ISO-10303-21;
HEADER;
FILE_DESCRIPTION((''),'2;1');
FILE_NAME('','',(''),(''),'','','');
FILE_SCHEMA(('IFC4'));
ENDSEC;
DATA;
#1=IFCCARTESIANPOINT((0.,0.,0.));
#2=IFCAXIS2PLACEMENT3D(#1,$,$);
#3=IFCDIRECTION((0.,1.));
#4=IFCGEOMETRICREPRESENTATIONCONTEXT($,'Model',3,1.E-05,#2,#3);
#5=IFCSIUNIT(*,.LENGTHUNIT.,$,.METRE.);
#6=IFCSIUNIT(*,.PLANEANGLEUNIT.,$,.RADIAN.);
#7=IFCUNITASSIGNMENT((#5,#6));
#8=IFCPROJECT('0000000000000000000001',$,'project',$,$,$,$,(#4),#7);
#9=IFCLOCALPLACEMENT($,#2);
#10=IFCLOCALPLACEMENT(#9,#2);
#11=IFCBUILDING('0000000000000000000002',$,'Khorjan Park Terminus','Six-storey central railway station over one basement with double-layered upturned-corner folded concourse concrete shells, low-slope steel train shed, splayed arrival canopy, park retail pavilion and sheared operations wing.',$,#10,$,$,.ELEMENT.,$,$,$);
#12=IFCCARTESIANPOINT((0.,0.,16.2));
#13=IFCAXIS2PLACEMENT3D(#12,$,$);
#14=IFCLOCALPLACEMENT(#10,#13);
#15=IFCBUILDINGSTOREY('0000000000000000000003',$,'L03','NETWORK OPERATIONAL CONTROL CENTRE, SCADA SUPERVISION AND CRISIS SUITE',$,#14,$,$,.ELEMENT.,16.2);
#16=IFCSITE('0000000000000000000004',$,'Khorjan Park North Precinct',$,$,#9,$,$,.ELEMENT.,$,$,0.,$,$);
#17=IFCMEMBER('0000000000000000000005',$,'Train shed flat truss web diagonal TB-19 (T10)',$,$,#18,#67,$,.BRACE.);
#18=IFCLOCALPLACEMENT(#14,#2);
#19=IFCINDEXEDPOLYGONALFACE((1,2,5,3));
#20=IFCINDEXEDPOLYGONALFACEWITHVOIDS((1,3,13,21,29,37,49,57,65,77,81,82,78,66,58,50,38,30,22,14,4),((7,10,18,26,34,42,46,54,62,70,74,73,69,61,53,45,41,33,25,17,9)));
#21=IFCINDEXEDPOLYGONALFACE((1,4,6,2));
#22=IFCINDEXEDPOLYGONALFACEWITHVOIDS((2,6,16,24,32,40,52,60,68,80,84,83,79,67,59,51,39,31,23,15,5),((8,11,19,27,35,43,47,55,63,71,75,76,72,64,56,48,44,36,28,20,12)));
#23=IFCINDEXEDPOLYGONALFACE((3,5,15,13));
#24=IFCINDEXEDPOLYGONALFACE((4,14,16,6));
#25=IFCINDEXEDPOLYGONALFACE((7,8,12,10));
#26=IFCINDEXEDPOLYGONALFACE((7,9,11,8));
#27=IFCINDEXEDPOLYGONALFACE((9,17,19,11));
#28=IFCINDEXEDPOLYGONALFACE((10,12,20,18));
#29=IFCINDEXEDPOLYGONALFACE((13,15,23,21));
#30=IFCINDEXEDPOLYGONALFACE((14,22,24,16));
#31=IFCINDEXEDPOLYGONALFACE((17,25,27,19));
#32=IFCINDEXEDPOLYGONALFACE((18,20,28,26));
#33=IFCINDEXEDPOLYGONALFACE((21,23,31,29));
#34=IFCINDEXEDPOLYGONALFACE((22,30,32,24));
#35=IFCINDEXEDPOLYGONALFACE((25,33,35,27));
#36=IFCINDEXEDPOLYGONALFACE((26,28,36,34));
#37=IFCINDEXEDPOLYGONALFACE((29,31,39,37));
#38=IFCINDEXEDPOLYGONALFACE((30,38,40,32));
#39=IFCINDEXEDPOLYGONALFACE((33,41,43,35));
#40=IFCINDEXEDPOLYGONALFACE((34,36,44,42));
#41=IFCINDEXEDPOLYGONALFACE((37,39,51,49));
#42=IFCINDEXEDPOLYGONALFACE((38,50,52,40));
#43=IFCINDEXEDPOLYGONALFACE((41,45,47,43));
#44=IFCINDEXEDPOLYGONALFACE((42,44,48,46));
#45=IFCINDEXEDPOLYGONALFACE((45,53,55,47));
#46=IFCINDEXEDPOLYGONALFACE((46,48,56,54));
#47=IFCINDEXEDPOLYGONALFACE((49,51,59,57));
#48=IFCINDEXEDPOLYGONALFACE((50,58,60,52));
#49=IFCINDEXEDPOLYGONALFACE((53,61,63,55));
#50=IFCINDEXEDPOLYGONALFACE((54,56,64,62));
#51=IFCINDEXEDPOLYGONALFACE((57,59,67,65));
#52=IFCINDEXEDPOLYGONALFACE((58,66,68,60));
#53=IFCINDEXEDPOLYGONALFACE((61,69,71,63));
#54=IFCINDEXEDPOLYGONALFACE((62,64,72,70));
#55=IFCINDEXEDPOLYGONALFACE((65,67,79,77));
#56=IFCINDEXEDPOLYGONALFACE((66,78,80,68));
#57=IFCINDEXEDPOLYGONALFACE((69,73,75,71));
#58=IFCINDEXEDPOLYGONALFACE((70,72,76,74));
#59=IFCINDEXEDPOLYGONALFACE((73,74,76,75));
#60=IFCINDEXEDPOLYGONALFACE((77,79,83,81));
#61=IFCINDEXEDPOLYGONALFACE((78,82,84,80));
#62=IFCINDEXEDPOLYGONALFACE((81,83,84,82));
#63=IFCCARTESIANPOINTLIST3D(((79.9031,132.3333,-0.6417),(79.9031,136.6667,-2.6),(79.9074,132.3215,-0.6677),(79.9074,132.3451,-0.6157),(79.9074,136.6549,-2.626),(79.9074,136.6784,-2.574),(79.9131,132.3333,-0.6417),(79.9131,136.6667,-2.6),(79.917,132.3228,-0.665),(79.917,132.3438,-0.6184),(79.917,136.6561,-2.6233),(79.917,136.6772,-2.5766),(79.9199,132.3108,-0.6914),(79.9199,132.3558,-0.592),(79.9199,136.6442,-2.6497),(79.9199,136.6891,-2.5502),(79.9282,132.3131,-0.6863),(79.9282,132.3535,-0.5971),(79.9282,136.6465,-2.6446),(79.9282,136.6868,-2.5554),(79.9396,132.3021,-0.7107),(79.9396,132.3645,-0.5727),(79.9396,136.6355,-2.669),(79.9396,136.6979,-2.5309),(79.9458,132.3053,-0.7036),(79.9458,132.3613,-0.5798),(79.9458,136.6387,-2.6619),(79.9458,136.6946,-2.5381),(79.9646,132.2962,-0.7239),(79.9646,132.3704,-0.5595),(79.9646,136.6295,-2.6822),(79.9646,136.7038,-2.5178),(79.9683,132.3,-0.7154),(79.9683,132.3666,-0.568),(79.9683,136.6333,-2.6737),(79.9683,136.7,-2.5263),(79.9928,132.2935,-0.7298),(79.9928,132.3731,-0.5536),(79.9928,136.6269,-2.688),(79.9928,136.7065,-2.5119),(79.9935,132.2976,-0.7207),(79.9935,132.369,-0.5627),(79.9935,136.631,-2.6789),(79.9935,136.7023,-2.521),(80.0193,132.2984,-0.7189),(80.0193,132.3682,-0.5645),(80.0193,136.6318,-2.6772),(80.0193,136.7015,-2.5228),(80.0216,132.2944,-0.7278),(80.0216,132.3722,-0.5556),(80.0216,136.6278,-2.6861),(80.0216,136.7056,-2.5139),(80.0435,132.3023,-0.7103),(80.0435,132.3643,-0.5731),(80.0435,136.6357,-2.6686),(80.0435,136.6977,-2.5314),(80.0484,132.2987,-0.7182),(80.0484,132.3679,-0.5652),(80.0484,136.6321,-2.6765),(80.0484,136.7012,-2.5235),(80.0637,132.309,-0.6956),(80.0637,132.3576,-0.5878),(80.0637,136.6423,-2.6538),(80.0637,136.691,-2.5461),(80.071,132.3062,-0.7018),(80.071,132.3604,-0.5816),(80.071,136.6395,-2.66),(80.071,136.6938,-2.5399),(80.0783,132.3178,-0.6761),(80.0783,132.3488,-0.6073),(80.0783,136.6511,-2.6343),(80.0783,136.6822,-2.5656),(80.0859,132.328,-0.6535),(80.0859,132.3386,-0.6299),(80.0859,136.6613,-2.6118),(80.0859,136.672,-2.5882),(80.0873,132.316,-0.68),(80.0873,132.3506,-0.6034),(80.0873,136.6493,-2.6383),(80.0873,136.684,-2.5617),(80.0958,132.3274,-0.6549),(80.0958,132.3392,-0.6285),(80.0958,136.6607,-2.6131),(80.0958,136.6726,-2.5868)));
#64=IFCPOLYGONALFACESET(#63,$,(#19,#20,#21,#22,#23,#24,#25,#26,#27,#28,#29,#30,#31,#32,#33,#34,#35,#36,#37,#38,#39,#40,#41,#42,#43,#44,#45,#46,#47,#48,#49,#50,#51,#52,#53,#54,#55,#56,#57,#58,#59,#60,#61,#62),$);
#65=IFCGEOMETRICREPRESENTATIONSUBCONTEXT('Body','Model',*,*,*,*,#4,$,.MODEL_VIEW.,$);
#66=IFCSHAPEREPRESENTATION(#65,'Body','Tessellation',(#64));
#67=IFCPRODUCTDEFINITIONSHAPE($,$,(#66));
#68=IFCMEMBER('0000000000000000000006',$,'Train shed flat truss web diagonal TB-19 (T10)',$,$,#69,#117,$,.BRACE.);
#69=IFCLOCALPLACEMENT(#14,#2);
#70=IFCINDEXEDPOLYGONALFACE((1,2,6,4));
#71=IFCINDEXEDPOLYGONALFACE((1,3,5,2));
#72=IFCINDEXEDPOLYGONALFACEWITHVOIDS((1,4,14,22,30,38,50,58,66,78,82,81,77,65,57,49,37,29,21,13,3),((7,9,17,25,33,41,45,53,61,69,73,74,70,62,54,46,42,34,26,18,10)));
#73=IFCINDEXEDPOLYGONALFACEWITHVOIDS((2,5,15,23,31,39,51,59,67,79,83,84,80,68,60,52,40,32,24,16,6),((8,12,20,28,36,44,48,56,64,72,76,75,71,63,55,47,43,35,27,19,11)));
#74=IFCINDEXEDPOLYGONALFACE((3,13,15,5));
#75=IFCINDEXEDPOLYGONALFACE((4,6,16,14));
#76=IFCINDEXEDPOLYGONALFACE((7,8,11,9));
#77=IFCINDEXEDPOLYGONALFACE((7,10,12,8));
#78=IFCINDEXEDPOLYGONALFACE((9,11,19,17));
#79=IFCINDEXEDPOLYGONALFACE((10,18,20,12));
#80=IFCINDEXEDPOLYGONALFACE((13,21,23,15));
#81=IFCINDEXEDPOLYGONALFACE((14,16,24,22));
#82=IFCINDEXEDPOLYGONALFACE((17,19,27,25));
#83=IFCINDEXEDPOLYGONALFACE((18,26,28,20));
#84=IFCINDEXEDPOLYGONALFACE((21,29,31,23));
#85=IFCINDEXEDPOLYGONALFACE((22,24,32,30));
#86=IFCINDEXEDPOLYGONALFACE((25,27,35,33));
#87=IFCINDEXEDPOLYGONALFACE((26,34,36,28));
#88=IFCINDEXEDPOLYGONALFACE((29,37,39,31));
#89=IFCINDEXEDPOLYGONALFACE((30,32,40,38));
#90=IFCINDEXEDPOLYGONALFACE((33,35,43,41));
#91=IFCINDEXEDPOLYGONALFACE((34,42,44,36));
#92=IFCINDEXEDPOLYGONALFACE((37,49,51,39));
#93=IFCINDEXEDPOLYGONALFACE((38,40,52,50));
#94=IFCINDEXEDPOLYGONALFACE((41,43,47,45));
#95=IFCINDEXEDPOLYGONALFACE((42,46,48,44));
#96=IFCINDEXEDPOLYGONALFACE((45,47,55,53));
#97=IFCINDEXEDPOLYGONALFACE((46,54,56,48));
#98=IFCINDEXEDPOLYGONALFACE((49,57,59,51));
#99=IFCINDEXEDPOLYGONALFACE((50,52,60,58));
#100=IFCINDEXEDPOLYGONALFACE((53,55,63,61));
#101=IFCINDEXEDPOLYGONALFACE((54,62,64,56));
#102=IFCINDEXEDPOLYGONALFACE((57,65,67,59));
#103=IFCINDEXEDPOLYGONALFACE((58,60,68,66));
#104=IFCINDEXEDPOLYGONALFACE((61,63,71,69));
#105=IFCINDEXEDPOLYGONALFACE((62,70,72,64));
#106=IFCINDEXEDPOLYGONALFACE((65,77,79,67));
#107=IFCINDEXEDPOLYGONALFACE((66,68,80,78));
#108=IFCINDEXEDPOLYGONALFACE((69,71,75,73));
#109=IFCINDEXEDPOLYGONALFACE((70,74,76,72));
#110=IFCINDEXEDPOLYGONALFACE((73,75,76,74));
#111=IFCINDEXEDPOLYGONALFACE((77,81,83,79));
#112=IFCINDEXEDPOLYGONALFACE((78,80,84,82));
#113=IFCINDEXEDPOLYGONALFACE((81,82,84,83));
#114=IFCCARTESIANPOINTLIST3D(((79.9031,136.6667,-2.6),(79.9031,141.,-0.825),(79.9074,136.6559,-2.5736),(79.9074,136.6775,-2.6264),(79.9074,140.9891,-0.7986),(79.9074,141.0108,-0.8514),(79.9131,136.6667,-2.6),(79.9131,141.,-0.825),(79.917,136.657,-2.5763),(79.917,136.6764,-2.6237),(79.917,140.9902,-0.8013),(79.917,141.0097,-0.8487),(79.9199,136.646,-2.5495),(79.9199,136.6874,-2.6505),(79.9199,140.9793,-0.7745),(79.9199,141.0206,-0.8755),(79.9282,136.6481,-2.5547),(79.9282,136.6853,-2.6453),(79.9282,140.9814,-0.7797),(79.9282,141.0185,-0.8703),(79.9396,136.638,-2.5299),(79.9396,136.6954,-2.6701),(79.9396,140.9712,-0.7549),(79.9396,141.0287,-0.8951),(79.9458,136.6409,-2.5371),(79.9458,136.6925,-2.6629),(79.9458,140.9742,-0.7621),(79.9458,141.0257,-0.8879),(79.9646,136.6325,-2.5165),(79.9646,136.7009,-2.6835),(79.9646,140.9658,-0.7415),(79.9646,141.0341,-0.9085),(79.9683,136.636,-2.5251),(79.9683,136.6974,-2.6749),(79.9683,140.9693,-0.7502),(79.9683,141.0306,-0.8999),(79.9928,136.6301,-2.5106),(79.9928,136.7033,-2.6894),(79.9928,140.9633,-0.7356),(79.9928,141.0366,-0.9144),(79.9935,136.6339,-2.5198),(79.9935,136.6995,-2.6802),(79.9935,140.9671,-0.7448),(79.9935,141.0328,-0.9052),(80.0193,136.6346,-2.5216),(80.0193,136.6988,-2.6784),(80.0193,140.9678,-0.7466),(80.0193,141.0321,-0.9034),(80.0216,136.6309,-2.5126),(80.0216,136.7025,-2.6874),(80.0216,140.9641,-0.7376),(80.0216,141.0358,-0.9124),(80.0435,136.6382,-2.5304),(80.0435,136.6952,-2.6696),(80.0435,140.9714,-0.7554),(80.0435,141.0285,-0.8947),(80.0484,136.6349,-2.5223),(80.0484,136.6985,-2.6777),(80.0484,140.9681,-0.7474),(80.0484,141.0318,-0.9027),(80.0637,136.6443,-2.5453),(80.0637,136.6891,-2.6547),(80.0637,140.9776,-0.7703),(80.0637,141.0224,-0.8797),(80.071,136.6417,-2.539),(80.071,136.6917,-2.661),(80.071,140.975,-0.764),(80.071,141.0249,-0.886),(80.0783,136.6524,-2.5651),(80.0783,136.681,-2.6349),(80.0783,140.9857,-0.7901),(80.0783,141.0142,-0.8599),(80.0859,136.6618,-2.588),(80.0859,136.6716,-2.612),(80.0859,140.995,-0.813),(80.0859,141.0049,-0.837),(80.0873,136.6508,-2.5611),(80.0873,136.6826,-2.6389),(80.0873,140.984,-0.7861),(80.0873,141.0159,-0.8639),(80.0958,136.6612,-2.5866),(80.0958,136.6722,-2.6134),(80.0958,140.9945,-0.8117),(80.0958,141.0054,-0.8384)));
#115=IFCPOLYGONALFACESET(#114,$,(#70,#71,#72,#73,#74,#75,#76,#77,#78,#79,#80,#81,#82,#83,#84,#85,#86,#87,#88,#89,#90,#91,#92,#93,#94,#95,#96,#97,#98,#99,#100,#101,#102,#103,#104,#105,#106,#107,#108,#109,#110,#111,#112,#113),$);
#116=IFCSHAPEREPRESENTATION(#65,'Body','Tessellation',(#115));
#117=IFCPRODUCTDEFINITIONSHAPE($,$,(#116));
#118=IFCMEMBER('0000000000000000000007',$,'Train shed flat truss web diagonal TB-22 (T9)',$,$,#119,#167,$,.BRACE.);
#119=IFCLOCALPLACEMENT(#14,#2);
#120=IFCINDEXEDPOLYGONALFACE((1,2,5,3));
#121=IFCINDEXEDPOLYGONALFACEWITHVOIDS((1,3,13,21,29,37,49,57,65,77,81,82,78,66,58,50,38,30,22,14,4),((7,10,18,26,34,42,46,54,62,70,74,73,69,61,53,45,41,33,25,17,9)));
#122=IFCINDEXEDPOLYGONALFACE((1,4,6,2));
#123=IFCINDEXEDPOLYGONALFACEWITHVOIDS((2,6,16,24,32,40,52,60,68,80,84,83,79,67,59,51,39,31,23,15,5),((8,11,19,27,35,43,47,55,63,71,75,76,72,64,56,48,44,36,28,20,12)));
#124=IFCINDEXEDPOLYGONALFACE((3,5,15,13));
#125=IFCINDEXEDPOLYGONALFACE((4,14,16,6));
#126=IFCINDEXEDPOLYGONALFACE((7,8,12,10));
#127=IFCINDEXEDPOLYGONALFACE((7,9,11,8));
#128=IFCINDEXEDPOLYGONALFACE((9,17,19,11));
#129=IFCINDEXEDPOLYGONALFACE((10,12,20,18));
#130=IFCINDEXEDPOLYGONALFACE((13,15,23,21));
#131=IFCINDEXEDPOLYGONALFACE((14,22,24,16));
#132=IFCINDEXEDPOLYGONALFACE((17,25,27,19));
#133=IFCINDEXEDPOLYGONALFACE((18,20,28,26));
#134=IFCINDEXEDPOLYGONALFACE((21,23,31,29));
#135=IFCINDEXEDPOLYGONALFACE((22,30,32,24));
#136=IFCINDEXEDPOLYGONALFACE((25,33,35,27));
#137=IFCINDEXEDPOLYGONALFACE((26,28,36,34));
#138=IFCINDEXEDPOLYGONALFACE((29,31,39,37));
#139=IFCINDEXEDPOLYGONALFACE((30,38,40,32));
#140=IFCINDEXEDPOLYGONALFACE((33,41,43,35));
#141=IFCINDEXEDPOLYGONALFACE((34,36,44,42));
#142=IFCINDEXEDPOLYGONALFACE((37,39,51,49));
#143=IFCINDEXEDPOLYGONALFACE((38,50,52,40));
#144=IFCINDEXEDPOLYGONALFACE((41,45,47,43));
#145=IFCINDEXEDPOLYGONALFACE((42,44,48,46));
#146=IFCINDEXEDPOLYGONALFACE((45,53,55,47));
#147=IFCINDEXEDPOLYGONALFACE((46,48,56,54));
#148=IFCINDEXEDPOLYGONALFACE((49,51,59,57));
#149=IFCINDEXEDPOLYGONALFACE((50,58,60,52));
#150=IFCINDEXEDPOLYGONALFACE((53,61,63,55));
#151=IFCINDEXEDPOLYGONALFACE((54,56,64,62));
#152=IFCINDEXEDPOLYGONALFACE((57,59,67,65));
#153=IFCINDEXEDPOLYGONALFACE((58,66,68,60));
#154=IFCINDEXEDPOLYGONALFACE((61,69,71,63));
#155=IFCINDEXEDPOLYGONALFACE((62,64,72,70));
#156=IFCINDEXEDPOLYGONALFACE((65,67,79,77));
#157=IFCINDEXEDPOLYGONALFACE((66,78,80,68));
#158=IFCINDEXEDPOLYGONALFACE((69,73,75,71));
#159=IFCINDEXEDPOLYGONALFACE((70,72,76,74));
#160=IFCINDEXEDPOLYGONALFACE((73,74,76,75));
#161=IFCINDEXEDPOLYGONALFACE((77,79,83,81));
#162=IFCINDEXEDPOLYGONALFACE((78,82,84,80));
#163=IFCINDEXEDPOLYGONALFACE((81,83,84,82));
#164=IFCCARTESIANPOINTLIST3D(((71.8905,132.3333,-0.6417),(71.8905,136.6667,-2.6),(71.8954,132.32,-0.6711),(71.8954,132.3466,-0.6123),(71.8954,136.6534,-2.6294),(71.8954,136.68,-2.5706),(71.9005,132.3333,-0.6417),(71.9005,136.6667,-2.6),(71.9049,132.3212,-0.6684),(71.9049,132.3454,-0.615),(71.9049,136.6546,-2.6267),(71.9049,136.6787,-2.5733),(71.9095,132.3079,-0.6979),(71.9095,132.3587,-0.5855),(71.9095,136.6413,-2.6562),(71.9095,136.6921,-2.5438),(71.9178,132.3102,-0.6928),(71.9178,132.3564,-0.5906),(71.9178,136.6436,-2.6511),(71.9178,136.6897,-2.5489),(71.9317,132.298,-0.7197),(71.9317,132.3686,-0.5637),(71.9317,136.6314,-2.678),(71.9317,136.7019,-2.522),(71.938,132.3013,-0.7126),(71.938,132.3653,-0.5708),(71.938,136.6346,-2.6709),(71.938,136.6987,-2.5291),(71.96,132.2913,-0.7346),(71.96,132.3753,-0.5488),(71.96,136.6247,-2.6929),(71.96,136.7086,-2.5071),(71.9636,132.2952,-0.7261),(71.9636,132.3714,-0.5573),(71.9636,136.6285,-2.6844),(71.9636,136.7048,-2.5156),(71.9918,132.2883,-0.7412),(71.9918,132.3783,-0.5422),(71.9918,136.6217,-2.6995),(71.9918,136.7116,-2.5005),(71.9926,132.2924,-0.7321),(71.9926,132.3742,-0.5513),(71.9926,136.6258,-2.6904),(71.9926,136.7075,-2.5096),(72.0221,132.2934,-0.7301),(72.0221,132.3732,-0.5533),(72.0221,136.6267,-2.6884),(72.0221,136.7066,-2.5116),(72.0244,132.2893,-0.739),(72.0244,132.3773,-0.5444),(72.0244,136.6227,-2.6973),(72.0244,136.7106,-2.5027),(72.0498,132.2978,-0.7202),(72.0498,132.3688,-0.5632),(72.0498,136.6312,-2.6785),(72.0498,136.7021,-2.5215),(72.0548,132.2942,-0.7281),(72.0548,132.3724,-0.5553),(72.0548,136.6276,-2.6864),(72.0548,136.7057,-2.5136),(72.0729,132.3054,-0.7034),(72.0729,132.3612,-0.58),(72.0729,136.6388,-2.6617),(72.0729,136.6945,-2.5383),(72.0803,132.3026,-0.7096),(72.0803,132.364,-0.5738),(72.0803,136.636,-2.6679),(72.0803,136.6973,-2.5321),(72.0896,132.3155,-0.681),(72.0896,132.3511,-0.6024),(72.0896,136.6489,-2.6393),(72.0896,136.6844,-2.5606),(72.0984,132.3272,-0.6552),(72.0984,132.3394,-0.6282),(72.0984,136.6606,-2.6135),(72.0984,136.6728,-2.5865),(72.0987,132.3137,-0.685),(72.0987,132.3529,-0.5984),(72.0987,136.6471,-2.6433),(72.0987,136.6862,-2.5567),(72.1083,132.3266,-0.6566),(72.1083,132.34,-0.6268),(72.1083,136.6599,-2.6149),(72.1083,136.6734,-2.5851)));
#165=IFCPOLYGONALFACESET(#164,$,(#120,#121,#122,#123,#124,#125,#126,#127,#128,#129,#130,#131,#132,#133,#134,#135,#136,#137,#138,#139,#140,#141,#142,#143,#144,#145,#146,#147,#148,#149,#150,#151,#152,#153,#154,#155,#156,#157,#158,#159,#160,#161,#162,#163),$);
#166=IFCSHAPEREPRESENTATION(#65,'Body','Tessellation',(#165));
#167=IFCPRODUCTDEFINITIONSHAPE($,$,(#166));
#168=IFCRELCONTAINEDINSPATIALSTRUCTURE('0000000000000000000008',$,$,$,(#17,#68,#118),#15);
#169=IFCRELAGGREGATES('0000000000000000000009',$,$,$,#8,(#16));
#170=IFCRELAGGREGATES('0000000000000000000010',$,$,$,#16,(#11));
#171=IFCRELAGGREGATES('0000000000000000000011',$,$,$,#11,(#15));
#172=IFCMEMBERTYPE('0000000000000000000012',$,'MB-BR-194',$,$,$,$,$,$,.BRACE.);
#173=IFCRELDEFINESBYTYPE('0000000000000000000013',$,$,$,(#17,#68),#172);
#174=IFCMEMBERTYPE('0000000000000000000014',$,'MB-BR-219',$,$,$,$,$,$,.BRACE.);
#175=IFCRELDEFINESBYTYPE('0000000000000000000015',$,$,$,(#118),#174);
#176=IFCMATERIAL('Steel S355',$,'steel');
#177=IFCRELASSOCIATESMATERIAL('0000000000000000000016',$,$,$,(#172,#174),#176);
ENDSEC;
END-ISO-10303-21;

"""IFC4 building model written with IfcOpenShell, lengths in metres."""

from ifc_helpers import new_model, si_unit, direction, frame, origin, origin_2d, place, context, subcontext, project, spatial, hollow_circle, extrude, material, material_profile, profile_set, type_object, element, save


model = new_model("IFC4")

# Units and contexts
model_context = context("Model", 3, precision=1e-05, world=origin(), true_north=direction((0.0, 1.0)))
body_context = subcontext(model_context, "Body", "Model", "MODEL_VIEW")
ifc_project = project(units=[si_unit("LENGTHUNIT", "METRE"), si_unit("PLANEANGLEUNIT", "RADIAN")], contexts=[model_context])

# Site, building, storey
site_placement = place(None, origin())
site = spatial("IfcSite", under=ifc_project, at=site_placement, Name="Khorjan Park North Precinct", CompositionType="ELEMENT", RefElevation=0.0)
building_placement = place(site_placement, origin())
building = spatial("IfcBuilding", under=site, at=building_placement, Name="Khorjan Park Terminus", Description="Six-storey central railway station over one basement with double-layered upturned-corner folded concourse concrete shells, low-slope steel train shed, splayed arrival canopy, park retail pavilion and sheared operations wing.", CompositionType="ELEMENT")
storey_placement = place(building_placement, frame((0.0, 0.0, 16.2)))
storey = spatial("IfcBuildingStorey", under=building, at=storey_placement, Name="L03", Description="NETWORK OPERATIONAL CONTROL CENTRE, SCADA SUPERVISION AND CRISIS SUITE", CompositionType="ELEMENT", Elevation=16.2)

# Members
ifc_material = material(Name="Steel S355", Category="steel")
ifc_material_profile_1 = material_profile(ifc_material, hollow_circle(Radius=0.0969, WallThickness=0.01, at=origin_2d()), Name="CHS 193.7x10")
ifc_profile_set_1 = profile_set([ifc_material_profile_1], Name="Steel S355")
member_type_1 = type_object("IfcMemberType", Name="MB-BR-194", PredefinedType="BRACE", material=ifc_profile_set_1)
member_1_placement = place(storey_placement, frame((80.0, 132.3333, -0.6417), z_axis=(0.0, 0.91127, -0.41181), x_axis=(-1.0, 0.0, 0.0)))
element("IfcMember", 1, at=member_1_placement, inside=storey, type_object=member_type_1, Name="Train shed flat truss web diagonal TB-19 (T10)", PredefinedType="BRACE", context=body_context, shape_type="SweptSolid", body=[
    extrude(hollow_circle(Radius=0.0969, WallThickness=0.01, at=origin_2d()), origin(), (0.0, 0.0, 1.0), 4.7553),
])
member_2_placement = place(storey_placement, frame((80.0, 136.6667, -2.6), z_axis=(0.0, 0.925376, 0.379051), x_axis=(-1.0, 0.0, 0.0)))
element("IfcMember", 2, at=member_2_placement, inside=storey, type_object=member_type_1, Name="Train shed flat truss web diagonal TB-19 (T10)", PredefinedType="BRACE", context=body_context, shape_type="SweptSolid", body=[
    extrude(hollow_circle(Radius=0.0969, WallThickness=0.01, at=origin_2d()), origin(), (0.0, 0.0, 1.0), 4.6827),
])
ifc_material_profile_2 = material_profile(ifc_material, hollow_circle(Radius=0.1095, WallThickness=0.01, at=origin_2d()), Name="CHS 219.1x10")
ifc_profile_set_2 = profile_set([ifc_material_profile_2], Name="Steel S355")
member_type_2 = type_object("IfcMemberType", Name="MB-BR-219", PredefinedType="BRACE", material=ifc_profile_set_2)
member_3_placement = place(storey_placement, frame((72.0, 132.3333, -0.6417), z_axis=(0.0, 0.91127, -0.41181), x_axis=(-1.0, 0.0, 0.0)))
element("IfcMember", 3, at=member_3_placement, inside=storey, type_object=member_type_2, Name="Train shed flat truss web diagonal TB-22 (T9)", PredefinedType="BRACE", context=body_context, shape_type="SweptSolid", body=[
    extrude(hollow_circle(Radius=0.1095, WallThickness=0.01, at=origin_2d()), origin(), (0.0, 0.0, 1.0), 4.7553),
])

save(model, "model.ifc")
